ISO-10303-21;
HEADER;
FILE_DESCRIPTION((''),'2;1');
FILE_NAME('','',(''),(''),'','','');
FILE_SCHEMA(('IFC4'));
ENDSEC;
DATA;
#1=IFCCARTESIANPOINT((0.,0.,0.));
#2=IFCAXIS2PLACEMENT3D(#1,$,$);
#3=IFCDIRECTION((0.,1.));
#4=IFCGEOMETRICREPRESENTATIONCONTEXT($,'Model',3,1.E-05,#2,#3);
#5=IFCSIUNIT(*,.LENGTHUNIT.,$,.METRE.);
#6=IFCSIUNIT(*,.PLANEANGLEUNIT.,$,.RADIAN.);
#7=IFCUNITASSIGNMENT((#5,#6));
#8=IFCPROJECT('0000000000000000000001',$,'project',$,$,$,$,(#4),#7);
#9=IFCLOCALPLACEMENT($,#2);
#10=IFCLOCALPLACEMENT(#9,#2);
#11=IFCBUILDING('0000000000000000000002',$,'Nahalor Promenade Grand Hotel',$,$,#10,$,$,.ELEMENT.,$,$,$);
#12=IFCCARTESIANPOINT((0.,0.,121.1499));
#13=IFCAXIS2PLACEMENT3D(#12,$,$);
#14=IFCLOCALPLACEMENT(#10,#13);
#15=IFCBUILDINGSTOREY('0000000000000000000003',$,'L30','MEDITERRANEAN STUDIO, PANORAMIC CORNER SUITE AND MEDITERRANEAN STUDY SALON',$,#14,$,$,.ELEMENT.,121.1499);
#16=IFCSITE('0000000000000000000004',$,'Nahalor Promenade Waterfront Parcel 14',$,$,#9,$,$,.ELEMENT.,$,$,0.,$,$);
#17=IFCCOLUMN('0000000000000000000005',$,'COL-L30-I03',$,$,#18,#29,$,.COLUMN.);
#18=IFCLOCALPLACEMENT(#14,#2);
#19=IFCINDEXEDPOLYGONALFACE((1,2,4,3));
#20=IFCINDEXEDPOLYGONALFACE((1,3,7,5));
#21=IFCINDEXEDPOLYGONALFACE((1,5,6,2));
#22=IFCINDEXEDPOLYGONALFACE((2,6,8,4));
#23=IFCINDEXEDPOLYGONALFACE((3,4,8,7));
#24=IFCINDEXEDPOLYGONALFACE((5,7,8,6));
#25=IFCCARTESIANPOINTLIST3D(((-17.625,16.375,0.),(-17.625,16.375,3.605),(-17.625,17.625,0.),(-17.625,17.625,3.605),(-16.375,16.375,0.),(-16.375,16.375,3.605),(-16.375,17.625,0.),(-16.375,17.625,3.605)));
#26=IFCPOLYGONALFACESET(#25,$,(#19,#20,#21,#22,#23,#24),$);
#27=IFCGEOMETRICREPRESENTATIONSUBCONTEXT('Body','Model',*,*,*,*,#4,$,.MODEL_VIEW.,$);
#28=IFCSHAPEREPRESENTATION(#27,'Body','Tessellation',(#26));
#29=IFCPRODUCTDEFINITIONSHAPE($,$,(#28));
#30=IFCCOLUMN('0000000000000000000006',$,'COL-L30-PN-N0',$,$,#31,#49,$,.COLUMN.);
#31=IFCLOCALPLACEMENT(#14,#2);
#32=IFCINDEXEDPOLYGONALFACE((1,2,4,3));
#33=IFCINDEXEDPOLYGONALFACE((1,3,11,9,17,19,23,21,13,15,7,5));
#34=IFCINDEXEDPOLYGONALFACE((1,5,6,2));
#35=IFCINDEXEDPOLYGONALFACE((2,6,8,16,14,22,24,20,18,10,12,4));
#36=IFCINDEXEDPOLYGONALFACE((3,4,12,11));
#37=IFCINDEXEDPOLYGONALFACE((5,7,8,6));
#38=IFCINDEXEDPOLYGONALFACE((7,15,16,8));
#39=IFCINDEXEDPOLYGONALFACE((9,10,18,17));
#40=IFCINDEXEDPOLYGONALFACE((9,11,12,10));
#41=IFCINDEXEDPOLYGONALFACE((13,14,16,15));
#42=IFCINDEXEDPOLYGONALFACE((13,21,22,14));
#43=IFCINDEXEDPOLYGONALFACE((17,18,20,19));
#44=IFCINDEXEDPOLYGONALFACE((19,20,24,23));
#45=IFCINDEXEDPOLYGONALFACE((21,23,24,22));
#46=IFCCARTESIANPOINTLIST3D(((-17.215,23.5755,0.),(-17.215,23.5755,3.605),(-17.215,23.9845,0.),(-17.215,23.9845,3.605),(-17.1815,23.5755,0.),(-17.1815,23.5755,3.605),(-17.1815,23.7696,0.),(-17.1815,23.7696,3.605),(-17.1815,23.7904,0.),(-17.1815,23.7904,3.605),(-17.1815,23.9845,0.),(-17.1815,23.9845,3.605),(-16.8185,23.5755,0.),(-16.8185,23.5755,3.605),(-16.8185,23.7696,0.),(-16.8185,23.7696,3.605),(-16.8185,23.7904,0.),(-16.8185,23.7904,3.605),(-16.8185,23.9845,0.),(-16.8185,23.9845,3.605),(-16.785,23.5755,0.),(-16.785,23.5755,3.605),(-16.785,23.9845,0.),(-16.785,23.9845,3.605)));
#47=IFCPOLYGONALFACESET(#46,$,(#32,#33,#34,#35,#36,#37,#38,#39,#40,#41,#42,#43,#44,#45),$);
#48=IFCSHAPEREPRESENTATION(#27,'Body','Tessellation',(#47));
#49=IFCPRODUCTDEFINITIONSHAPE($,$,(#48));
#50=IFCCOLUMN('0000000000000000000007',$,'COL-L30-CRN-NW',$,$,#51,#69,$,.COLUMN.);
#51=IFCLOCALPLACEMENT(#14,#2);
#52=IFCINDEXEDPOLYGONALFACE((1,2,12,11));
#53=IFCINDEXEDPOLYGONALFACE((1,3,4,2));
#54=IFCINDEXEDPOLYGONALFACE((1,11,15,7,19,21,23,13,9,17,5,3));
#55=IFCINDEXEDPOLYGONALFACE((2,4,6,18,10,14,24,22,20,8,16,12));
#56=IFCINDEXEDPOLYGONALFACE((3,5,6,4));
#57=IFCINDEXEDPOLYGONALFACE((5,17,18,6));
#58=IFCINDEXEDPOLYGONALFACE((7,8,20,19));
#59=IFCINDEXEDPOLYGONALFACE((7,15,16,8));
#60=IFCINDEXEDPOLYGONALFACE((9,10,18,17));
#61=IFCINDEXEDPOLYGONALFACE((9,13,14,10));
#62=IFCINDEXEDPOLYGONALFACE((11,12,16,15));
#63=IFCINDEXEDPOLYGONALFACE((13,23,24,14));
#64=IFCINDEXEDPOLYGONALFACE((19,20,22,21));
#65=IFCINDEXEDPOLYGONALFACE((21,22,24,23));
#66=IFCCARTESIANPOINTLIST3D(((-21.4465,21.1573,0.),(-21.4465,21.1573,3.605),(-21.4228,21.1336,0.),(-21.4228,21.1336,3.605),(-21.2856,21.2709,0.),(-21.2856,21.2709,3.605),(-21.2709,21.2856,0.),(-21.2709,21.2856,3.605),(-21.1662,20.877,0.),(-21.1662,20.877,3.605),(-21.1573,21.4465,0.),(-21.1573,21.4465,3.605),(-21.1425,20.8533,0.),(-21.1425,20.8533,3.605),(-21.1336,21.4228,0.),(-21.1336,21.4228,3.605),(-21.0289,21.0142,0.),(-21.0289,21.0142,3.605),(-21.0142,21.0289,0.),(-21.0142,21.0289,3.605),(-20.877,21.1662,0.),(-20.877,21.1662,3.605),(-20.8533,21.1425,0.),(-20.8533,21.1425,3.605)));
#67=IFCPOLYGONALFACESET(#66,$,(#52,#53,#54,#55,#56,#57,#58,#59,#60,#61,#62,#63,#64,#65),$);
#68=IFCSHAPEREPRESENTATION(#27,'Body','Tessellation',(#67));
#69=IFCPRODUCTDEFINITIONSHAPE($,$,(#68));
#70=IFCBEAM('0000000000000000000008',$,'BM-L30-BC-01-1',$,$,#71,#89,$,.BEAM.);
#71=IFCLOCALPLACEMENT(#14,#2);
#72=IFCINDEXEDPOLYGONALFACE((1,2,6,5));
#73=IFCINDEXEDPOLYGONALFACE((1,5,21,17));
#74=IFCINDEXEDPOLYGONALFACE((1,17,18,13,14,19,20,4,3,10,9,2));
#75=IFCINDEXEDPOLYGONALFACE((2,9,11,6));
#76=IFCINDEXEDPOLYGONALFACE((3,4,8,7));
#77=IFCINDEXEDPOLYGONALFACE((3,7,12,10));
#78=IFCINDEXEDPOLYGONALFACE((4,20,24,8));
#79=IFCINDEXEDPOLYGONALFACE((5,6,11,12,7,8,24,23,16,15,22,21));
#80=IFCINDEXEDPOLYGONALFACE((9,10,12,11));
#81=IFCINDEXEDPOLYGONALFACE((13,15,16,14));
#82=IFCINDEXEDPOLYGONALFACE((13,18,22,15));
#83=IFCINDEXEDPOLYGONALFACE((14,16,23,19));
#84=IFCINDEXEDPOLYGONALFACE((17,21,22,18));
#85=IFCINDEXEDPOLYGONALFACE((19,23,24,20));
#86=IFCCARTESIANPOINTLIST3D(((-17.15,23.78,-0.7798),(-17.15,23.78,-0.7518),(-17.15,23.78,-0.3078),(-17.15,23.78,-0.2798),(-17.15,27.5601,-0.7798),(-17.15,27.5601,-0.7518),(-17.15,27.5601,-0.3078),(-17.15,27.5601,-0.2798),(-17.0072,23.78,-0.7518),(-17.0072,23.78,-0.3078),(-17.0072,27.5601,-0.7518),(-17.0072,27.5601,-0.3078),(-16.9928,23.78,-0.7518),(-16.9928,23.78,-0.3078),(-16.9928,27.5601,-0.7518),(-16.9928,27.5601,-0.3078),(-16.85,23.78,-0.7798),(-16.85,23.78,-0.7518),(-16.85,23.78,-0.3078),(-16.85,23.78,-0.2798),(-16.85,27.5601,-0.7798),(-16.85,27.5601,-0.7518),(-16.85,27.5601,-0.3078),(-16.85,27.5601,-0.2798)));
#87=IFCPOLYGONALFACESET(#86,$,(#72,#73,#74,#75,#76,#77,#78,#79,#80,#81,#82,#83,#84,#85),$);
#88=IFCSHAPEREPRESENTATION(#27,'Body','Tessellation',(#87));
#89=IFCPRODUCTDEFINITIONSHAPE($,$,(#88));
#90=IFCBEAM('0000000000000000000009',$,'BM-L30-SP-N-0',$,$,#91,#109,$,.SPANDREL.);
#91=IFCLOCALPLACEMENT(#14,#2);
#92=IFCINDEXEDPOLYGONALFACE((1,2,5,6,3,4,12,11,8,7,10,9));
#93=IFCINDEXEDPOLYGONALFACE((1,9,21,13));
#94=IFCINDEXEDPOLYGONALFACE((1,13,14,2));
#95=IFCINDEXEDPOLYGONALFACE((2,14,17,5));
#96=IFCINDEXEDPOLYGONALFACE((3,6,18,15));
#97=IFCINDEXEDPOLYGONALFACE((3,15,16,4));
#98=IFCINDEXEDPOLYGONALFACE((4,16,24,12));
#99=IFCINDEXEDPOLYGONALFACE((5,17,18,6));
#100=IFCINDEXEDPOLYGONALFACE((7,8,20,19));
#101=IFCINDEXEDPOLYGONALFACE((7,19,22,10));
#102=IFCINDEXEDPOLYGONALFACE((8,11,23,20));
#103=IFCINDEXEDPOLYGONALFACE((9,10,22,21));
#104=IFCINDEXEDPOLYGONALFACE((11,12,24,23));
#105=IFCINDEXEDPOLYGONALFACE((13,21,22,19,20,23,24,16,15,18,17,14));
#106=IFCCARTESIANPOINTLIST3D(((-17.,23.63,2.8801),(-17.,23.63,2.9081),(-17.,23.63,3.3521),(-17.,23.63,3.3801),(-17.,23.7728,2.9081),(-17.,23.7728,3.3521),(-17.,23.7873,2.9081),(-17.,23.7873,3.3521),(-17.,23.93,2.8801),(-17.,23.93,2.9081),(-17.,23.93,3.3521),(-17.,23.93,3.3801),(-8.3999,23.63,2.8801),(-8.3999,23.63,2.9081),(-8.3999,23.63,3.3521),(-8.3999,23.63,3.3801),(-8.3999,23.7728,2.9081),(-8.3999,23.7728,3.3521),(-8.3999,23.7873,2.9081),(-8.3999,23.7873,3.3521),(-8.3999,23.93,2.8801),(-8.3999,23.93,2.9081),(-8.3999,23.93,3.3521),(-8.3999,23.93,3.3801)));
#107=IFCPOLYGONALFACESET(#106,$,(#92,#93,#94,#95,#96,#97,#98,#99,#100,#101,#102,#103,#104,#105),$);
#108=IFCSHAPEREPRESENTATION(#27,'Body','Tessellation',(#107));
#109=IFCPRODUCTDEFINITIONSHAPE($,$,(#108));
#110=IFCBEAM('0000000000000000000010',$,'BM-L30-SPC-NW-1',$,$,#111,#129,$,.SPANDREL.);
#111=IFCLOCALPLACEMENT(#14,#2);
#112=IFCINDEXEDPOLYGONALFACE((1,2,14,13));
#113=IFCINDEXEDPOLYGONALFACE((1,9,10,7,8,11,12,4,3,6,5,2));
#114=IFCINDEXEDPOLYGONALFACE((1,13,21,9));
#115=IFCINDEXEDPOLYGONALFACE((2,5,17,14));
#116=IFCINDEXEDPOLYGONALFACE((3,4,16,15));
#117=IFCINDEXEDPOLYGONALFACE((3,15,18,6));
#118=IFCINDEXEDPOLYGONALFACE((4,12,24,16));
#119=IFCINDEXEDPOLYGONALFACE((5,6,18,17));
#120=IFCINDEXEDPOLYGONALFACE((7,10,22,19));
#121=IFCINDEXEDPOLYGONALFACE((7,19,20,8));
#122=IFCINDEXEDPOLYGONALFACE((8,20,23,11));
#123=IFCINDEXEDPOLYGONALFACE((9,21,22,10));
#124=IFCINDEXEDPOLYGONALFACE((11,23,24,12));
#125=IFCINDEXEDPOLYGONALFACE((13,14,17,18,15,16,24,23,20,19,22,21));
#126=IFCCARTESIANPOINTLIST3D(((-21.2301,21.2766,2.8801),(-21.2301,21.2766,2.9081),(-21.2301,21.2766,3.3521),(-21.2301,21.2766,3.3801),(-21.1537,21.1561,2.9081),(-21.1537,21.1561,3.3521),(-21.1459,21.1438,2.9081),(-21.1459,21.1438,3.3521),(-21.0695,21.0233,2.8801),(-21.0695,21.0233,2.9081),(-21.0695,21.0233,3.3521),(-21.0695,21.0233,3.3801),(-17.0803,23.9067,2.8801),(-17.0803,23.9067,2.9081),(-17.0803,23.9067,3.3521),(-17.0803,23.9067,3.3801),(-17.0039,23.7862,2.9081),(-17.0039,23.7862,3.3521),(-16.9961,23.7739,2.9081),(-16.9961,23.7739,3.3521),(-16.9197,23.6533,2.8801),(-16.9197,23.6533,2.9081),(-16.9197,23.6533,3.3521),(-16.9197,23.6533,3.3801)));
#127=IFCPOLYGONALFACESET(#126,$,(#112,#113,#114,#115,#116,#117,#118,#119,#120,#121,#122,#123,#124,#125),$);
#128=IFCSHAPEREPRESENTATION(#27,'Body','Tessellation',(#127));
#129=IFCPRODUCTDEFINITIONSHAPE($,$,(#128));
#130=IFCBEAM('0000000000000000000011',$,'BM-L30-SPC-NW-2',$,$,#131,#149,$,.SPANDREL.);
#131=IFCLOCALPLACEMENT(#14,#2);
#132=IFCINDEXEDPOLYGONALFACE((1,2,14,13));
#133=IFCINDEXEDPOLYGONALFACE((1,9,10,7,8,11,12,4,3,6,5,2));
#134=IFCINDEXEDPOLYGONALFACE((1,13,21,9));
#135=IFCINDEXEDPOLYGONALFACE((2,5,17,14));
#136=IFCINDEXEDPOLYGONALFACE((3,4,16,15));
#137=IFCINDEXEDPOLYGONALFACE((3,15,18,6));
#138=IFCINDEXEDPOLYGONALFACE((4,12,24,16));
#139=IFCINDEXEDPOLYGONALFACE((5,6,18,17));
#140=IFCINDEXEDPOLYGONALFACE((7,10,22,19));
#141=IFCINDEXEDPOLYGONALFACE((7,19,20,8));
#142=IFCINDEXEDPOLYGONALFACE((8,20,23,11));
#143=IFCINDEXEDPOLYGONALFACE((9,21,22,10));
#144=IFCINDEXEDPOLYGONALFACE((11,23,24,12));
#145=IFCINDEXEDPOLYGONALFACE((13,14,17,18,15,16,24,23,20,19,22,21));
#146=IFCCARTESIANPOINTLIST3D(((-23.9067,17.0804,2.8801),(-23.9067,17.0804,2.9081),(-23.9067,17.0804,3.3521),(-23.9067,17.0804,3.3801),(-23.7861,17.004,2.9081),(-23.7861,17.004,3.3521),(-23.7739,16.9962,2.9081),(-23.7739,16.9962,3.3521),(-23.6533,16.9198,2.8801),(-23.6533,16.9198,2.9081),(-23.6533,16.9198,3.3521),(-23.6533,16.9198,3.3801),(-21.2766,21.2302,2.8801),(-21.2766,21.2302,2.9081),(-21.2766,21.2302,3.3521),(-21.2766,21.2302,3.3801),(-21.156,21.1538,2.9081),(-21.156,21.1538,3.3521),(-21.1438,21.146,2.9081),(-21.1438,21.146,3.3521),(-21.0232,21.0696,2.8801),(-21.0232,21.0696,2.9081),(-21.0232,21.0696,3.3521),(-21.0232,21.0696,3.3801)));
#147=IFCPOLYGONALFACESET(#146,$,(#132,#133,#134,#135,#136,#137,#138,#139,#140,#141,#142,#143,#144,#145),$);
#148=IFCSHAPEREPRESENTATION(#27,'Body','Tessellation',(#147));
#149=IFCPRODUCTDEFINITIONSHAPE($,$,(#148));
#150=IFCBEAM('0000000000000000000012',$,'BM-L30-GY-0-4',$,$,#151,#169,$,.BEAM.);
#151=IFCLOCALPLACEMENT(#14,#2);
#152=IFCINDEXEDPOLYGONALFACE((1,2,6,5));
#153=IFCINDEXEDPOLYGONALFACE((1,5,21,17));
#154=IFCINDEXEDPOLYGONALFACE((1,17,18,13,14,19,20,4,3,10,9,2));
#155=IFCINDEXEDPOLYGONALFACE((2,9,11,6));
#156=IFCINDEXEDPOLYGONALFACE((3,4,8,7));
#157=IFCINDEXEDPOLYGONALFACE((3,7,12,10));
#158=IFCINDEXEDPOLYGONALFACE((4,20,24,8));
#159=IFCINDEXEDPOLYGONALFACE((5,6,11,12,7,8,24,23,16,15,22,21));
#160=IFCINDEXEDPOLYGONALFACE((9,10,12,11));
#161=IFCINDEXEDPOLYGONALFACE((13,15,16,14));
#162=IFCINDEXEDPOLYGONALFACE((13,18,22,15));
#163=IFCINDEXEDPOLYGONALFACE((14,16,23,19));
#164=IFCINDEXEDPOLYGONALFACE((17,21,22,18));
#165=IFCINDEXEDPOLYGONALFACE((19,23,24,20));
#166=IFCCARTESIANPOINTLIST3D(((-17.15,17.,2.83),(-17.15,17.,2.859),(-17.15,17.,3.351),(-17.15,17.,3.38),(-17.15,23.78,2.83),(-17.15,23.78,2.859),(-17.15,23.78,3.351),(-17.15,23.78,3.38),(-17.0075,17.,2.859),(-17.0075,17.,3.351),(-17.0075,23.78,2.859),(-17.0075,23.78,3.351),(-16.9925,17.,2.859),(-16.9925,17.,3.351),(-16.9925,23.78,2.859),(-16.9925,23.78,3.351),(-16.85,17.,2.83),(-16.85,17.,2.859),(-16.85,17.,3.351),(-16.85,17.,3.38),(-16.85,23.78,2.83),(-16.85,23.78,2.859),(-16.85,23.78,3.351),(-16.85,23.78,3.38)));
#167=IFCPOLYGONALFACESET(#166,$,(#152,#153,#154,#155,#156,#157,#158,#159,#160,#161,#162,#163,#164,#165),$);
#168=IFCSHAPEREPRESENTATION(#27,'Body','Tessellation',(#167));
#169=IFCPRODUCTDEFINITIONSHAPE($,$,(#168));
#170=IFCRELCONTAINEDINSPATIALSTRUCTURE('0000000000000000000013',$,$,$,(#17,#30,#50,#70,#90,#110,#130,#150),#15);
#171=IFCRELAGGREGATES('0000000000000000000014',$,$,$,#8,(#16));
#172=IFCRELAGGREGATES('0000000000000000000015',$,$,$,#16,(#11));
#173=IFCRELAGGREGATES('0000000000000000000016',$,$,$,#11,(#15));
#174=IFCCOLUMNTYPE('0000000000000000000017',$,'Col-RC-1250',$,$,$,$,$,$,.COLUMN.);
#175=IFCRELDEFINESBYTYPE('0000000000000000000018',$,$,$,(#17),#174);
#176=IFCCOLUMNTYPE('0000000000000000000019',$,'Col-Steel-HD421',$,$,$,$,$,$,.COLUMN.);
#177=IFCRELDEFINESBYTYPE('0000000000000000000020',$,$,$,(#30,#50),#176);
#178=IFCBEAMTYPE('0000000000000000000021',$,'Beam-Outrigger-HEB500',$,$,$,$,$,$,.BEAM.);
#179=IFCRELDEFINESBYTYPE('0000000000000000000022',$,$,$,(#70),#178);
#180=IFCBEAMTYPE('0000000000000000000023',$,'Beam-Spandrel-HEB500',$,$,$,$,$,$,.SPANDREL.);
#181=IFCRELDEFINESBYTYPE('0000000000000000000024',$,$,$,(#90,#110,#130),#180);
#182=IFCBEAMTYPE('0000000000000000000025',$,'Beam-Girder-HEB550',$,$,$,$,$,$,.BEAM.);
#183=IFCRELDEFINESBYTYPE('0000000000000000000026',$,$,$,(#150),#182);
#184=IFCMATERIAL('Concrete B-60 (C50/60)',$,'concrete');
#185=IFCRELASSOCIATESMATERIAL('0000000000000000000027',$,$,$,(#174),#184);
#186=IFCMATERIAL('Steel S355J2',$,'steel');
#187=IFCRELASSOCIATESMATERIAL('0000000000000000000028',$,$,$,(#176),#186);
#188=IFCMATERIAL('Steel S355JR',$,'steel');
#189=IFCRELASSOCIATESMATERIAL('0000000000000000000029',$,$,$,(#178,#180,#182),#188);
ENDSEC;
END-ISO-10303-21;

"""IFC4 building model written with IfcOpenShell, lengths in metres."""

from ifc_helpers import new_model, si_unit, direction, frame, origin, origin_2d, place, context, subcontext, project, spatial, rectangle, i_section, extrude, source, transform, mapped, material, material_profile, profile_set, type_object, element, save


model = new_model("IFC4")

# Units and contexts
model_context = context("Model", 3, precision=1e-05, world=origin(), true_north=direction((0.0, 1.0)))
body_context = subcontext(model_context, "Body", "Model", "MODEL_VIEW")
ifc_project = project(units=[si_unit("LENGTHUNIT", "METRE"), si_unit("PLANEANGLEUNIT", "RADIAN")], contexts=[model_context])

# Site, building, storey
site_placement = place(None, origin())
site = spatial("IfcSite", under=ifc_project, at=site_placement, Name="Nahalor Promenade Waterfront Parcel 14", CompositionType="ELEMENT", RefElevation=0.0)
building_placement = place(site_placement, origin())
building = spatial("IfcBuilding", under=site, at=building_placement, Name="Nahalor Promenade Grand Hotel", CompositionType="ELEMENT")
storey_placement = place(building_placement, frame((0.0, 0.0, 121.1499)))
storey = spatial("IfcBuildingStorey", under=building, at=storey_placement, Name="L30", Description="MEDITERRANEAN STUDIO, PANORAMIC CORNER SUITE AND MEDITERRANEAN STUDY SALON", CompositionType="ELEMENT", Elevation=121.1499)

# Columns
ifc_material_1 = material(Name="Concrete B-60 (C50/60)", Category="concrete")
ifc_material_profile_1 = material_profile(ifc_material_1, rectangle(XDim=1.25, YDim=1.25, at=origin_2d()), Name="RC 1250x1250")
ifc_profile_set_1 = profile_set([ifc_material_profile_1], Name="Concrete B-60 (C50/60)")
column_type_1 = type_object("IfcColumnType", Name="Col-RC-1250", PredefinedType="COLUMN", material=ifc_profile_set_1)
shared_shape_1 = source(origin(), body_context, "Body", "SweptSolid", [
    extrude(rectangle(XDim=1.25, YDim=1.25, at=origin_2d()), origin(), (0.0, 0.0, 1.0), 3.605),
])
column_placement = place(storey_placement, frame((-17.0, 17.0, 0.0), z_axis=(0.0, 0.0, 1.0), x_axis=(1.0, 0.0, 0.0)))
element("IfcColumn", 1, at=column_placement, inside=storey, type_object=column_type_1, Name="COL-L30-I03", PredefinedType="COLUMN", context=body_context, shape_type="MappedRepresentation", body=[
    mapped(shared_shape_1, transform((0.0, 0.0, 0.0), scale=1.0)),
])
ifc_material_2 = material(Name="Steel S355J2", Category="steel")
ifc_material_profile_2 = material_profile(ifc_material_2, i_section(OverallWidth=0.409, OverallDepth=0.43, WebThickness=0.0208, FlangeThickness=0.0335, at=origin_2d()), Name="HD 400x421")
ifc_profile_set_2 = profile_set([ifc_material_profile_2], Name="Steel S355J2")
column_type_2 = type_object("IfcColumnType", Name="Col-Steel-HD421", PredefinedType="COLUMN", material=ifc_profile_set_2)
shared_shape_2 = source(origin(), body_context, "Body", "SweptSolid", [
    extrude(i_section(OverallWidth=0.409, OverallDepth=0.43, WebThickness=0.0208, FlangeThickness=0.0335, at=origin_2d()), origin(), (0.0, 0.0, 1.0), 3.605),
])
for number, where, z_axis, x_axis, name in (
    (2, (-17.0, 23.78, 0.0), (0.0, 0.0, 1.0), (0.0, 1.0, 0.0), "COL-L30-PN-N0"),
    (3, (-21.1499, 21.1499, 0.0), (0.0, 0.0, 1.0), (0.707107, 0.707107, 0.0), "COL-L30-CRN-NW"),
):
    element("IfcColumn", number, at=place(storey_placement, frame(where, z_axis=z_axis, x_axis=x_axis)), inside=storey, type_object=column_type_2, Name=name, PredefinedType="COLUMN", context=body_context, shape_type="MappedRepresentation", body=[
        mapped(shared_shape_2, transform((0.0, 0.0, 0.0), scale=1.0)),
    ])

# Beams
ifc_material_3 = material(Name="Steel S355JR", Category="steel")
ifc_material_profile_3 = material_profile(ifc_material_3, i_section(OverallWidth=0.3, OverallDepth=0.5, WebThickness=0.0145, FlangeThickness=0.028, at=origin_2d()), Name="HEB 500")
ifc_profile_set_3 = profile_set([ifc_material_profile_3], Name="Steel S355JR")
beam_type_1 = type_object("IfcBeamType", Name="Beam-Outrigger-HEB500", PredefinedType="BEAM", material=ifc_profile_set_3)
shared_shape_3 = source(origin(), body_context, "Body", "SweptSolid", [
    extrude(i_section(OverallWidth=0.3, OverallDepth=0.5, WebThickness=0.0145, FlangeThickness=0.028, at=origin_2d()), origin(), (0.0, 0.0, 1.0), 3.78),
])
beam_1_placement = place(storey_placement, frame((-17.0, 23.78, -0.5298), z_axis=(0.0, 1.0, 0.0), x_axis=(-1.0, 0.0, 0.0)))
element("IfcBeam", 4, at=beam_1_placement, inside=storey, type_object=beam_type_1, Name="BM-L30-BC-01-1", PredefinedType="BEAM", context=body_context, shape_type="MappedRepresentation", body=[
    mapped(shared_shape_3, transform((0.0, 0.0, 0.0), scale=1.0)),
])
ifc_material_profile_4 = material_profile(ifc_material_3, i_section(OverallWidth=0.3, OverallDepth=0.5, WebThickness=0.0145, FlangeThickness=0.028, at=origin_2d()), Name="HEB 500")
ifc_profile_set_4 = profile_set([ifc_material_profile_4], Name="Steel S355JR")
beam_type_2 = type_object("IfcBeamType", Name="Beam-Spandrel-HEB500", PredefinedType="SPANDREL", material=ifc_profile_set_4)
shared_shape_4 = source(origin(), body_context, "Body", "SweptSolid", [
    extrude(i_section(OverallWidth=0.3, OverallDepth=0.5, WebThickness=0.0145, FlangeThickness=0.028, at=origin_2d()), origin(), (0.0, 0.0, 1.0), 8.6001),
])
beam_2_placement = place(storey_placement, frame((-17.0, 23.78, 3.1301), z_axis=(1.0, 0.0, 0.0), x_axis=(0.0, 1.0, 0.0)))
element("IfcBeam", 5, at=beam_2_placement, inside=storey, type_object=beam_type_2, Name="BM-L30-SP-N-0", PredefinedType="SPANDREL", context=body_context, shape_type="MappedRepresentation", body=[
    mapped(shared_shape_4, transform((0.0, 0.0, 0.0), scale=1.0)),
])
shared_shape_5 = source(origin(), body_context, "Body", "SweptSolid", [
    extrude(i_section(OverallWidth=0.3, OverallDepth=0.5, WebThickness=0.0145, FlangeThickness=0.028, at=origin_2d()), origin(), (0.0, 0.0, 1.0), 4.9131),
])
for number, where, z_axis, x_axis, name in (
    (6, (-17.0, 23.78, 3.1301), (-0.844648, -0.535322, 0.0), (0.535322, -0.844648, 0.0), "BM-L30-SPC-NW-1"),
    (7, (-21.1499, 21.1499, 3.1301), (-0.535322, -0.844648, 0.0), (0.844648, -0.535322, 0.0), "BM-L30-SPC-NW-2"),
):
    element("IfcBeam", number, at=place(storey_placement, frame(where, z_axis=z_axis, x_axis=x_axis)), inside=storey, type_object=beam_type_2, Name=name, PredefinedType="SPANDREL", context=body_context, shape_type="MappedRepresentation", body=[
        mapped(shared_shape_5, transform((0.0, 0.0, 0.0), scale=1.0)),
    ])
ifc_material_profile_5 = material_profile(ifc_material_3, i_section(OverallWidth=0.3, OverallDepth=0.55, WebThickness=0.015, FlangeThickness=0.029, at=origin_2d()), Name="HEB 550")
ifc_profile_set_5 = profile_set([ifc_material_profile_5], Name="Steel S355JR")
beam_type_3 = type_object("IfcBeamType", Name="Beam-Girder-HEB550", PredefinedType="BEAM", material=ifc_profile_set_5)
shared_shape_6 = source(origin(), body_context, "Body", "SweptSolid", [
    extrude(i_section(OverallWidth=0.3, OverallDepth=0.55, WebThickness=0.015, FlangeThickness=0.029, at=origin_2d()), origin(), (0.0, 0.0, 1.0), 6.78),
])
beam_3_placement = place(storey_placement, frame((-17.0, 17.0, 3.105), z_axis=(0.0, 1.0, 0.0), x_axis=(-1.0, 0.0, 0.0)))
element("IfcBeam", 8, at=beam_3_placement, inside=storey, type_object=beam_type_3, Name="BM-L30-GY-0-4", PredefinedType="BEAM", context=body_context, shape_type="MappedRepresentation", body=[
    mapped(shared_shape_6, transform((0.0, 0.0, 0.0), scale=1.0)),
])

save(model, "model.ifc")
